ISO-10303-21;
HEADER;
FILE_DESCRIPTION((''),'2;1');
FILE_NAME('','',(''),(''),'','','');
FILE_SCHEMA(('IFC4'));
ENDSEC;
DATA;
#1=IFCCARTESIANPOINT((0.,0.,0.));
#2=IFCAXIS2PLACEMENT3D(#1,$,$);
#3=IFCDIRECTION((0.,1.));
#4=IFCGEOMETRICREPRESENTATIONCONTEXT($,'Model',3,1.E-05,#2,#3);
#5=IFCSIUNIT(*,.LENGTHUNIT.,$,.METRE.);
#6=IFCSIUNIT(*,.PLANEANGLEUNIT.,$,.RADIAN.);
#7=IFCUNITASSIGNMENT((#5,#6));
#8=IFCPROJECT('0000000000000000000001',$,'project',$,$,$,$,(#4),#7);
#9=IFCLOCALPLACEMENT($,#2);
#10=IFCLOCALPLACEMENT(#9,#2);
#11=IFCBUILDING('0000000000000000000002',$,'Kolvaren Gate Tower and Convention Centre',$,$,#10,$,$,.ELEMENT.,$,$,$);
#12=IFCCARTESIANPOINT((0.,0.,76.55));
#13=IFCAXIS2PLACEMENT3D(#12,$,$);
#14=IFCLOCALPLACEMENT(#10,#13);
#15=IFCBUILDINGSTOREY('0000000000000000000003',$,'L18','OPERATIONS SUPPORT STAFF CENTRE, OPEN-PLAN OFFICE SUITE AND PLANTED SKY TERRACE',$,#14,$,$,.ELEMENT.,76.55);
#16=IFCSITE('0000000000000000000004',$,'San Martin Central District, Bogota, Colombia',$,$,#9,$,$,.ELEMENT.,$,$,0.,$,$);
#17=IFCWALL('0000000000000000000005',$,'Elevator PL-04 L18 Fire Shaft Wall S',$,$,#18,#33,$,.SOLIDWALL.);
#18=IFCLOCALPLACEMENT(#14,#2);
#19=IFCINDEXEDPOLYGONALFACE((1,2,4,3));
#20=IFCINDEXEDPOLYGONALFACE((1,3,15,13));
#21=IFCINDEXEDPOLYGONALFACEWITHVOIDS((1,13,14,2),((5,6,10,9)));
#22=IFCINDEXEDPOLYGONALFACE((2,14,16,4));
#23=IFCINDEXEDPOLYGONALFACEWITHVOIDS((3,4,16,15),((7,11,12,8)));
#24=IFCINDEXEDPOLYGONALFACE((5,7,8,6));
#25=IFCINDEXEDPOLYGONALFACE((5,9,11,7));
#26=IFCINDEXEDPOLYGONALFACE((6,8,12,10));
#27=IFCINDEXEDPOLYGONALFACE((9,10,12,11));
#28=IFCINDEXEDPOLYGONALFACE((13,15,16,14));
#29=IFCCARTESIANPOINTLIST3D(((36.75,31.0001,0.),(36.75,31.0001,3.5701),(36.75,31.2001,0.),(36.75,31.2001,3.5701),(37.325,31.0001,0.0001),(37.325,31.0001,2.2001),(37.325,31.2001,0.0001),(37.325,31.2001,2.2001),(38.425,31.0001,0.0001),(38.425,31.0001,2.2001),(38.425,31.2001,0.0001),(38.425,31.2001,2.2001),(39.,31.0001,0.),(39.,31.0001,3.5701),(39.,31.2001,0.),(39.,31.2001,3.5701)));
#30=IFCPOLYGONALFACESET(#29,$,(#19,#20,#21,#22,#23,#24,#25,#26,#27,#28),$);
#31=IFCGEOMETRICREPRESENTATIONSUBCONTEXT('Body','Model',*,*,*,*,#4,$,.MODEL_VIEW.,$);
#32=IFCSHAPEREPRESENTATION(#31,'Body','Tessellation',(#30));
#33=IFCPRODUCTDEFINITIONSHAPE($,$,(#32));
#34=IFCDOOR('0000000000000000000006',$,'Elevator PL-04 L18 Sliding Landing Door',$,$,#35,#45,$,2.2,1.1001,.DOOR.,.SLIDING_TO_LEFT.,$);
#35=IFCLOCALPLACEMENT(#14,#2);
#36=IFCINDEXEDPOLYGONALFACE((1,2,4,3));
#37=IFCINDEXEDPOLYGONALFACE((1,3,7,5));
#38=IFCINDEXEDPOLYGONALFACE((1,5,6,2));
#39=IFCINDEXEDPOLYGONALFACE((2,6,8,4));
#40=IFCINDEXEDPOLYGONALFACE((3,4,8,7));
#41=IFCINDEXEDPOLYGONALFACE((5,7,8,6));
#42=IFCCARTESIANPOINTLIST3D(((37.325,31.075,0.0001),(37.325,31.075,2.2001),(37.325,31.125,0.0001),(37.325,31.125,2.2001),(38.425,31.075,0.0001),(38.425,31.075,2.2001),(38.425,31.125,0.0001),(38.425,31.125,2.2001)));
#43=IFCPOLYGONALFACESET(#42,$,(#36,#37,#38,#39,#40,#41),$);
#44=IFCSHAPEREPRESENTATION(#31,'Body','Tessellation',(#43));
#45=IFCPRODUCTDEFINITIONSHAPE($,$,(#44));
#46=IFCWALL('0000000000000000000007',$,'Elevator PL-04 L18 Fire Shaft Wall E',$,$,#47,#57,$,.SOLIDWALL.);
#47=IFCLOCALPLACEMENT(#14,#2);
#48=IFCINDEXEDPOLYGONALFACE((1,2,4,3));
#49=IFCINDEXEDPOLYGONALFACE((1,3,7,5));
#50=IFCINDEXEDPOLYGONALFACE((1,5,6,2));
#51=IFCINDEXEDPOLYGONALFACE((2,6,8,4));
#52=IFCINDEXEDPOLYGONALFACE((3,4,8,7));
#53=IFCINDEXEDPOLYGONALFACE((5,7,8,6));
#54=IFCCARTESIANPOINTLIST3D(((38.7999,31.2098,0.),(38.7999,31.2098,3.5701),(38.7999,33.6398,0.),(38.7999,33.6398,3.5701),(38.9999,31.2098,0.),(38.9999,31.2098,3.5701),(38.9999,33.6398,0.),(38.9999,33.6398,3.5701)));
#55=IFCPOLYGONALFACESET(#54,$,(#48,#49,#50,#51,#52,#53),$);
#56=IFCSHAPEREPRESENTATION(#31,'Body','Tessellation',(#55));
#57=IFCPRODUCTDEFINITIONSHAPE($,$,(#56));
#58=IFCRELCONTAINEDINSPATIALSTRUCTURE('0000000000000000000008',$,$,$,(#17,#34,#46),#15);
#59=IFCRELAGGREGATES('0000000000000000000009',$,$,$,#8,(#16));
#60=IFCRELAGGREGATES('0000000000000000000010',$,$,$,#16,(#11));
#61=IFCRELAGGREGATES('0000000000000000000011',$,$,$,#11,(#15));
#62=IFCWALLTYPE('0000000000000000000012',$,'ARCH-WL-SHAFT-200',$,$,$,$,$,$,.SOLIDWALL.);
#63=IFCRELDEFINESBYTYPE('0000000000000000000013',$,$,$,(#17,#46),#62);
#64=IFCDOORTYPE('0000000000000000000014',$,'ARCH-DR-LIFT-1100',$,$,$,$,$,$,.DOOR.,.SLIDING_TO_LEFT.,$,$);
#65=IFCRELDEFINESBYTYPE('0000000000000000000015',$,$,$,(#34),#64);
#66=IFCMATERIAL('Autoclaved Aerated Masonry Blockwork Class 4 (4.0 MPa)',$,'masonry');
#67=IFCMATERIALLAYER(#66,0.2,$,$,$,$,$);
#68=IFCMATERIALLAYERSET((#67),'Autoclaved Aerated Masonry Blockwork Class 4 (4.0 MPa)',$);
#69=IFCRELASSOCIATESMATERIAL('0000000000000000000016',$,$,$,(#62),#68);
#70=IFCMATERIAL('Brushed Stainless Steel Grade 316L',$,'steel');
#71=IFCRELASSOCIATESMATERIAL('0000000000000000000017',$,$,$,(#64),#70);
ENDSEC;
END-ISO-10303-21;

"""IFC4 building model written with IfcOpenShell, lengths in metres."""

from ifc_helpers import new_model, si_unit, direction, frame, frame_2d, origin, place, context, subcontext, project, spatial, rectangle, extrude, material, layer, layer_set, type_object, element, fill, save


model = new_model("IFC4")

# Units and contexts
model_context = context("Model", 3, precision=1e-05, world=origin(), true_north=direction((0.0, 1.0)))
body_context = subcontext(model_context, "Body", "Model", "MODEL_VIEW")
ifc_project = project(units=[si_unit("LENGTHUNIT", "METRE"), si_unit("PLANEANGLEUNIT", "RADIAN")], contexts=[model_context])

# Site, building, storey
site_placement = place(None, origin())
site = spatial("IfcSite", under=ifc_project, at=site_placement, Name="San Martin Central District, Bogota, Colombia", CompositionType="ELEMENT", RefElevation=0.0)
building_placement = place(site_placement, origin())
building = spatial("IfcBuilding", under=site, at=building_placement, Name="Kolvaren Gate Tower and Convention Centre", CompositionType="ELEMENT")
storey_placement = place(building_placement, frame((0.0, 0.0, 76.55)))
storey = spatial("IfcBuildingStorey", under=building, at=storey_placement, Name="L18", Description="OPERATIONS SUPPORT STAFF CENTRE, OPEN-PLAN OFFICE SUITE AND PLANTED SKY TERRACE", CompositionType="ELEMENT", Elevation=76.55)

# Shared definitions
ifc_material_1 = material(Name="Autoclaved Aerated Masonry Blockwork Class 4 (4.0 MPa)", Category="masonry")
ifc_layer_1 = layer(ifc_material_1, 0.2)
ifc_layer_set_1 = layer_set([ifc_layer_1], Name="Autoclaved Aerated Masonry Blockwork Class 4 (4.0 MPa)")
wall_type_1 = type_object("IfcWallType", Name="ARCH-WL-SHAFT-200", PredefinedType="SOLIDWALL", material=ifc_layer_set_1)

# Shared definitions
ifc_material_2 = material(Name="Brushed Stainless Steel Grade 316L", Category="steel")
door_type_1 = type_object("IfcDoorType", Name="ARCH-DR-LIFT-1100", OperationType="SLIDING_TO_LEFT", PredefinedType="DOOR", material=ifc_material_2)

# Wall, opening, door
wall_1_placement = place(storey_placement, frame((36.75, 31.1001, 0.0), z_axis=(0.0, 0.0, 1.0), x_axis=(1.0, 0.0, 0.0)))
wall_1 = element("IfcWall", 1, at=wall_1_placement, inside=storey, type_object=wall_type_1, Name="Elevator PL-04 L18 Fire Shaft Wall S", PredefinedType="SOLIDWALL", context=body_context, shape_type="SweptSolid", body=[
    extrude(rectangle(XDim=2.25, YDim=0.2, at=frame_2d((1.125, 0.0))), origin(), (0.0, 0.0, 1.0), 3.5701),
])
opening_1_placement = place(wall_1_placement, frame((0.575, 0.0, 0.0)))
opening_1 = element("IfcOpeningElement", 2, at=opening_1_placement, cuts=wall_1, PredefinedType="OPENING", context=body_context, shape_type="SweptSolid", body=[
    extrude(rectangle(XDim=1.1001, YDim=2.2, at=frame_2d((0.55, 1.1001))), frame((0.0, 0.1099, 0.0), z_axis=(0.0, -1.0, 0.0), x_axis=(1.0, 0.0, 0.0)), (0.0, 0.0, 1.0), 0.22),
])
door_1_placement = place(opening_1_placement, origin())
door_1 = element("IfcDoor", 3, at=door_1_placement, inside=storey, type_object=door_type_1, Name="Elevator PL-04 L18 Sliding Landing Door", OperationType="SLIDING_TO_LEFT", OverallHeight=2.2, OverallWidth=1.1001, PredefinedType="DOOR", context=body_context, shape_type="SweptSolid", body=[
    extrude(rectangle(XDim=1.1001, YDim=2.2, at=frame_2d((0.55, 1.1001))), frame((0.0, 0.0249, 0.0), z_axis=(0.0, -1.0, 0.0), x_axis=(1.0, 0.0, 0.0)), (0.0, 0.0, 1.0), 0.05),
])
fill(opening_1, door_1)

# Wall
wall_2_placement = place(storey_placement, frame((38.8999, 31.21, 0.0), z_axis=(0.0, 0.0, 1.0), x_axis=(0.0, 1.0, 0.0)))
element("IfcWall", 4, at=wall_2_placement, inside=storey, type_object=wall_type_1, Name="Elevator PL-04 L18 Fire Shaft Wall E", PredefinedType="SOLIDWALL", context=body_context, shape_type="SweptSolid", body=[
    extrude(rectangle(XDim=2.4299, YDim=0.2, at=frame_2d((1.2148, 0.0))), origin(), (0.0, 0.0, 1.0), 3.5701),
])

save(model, "model.ifc")
